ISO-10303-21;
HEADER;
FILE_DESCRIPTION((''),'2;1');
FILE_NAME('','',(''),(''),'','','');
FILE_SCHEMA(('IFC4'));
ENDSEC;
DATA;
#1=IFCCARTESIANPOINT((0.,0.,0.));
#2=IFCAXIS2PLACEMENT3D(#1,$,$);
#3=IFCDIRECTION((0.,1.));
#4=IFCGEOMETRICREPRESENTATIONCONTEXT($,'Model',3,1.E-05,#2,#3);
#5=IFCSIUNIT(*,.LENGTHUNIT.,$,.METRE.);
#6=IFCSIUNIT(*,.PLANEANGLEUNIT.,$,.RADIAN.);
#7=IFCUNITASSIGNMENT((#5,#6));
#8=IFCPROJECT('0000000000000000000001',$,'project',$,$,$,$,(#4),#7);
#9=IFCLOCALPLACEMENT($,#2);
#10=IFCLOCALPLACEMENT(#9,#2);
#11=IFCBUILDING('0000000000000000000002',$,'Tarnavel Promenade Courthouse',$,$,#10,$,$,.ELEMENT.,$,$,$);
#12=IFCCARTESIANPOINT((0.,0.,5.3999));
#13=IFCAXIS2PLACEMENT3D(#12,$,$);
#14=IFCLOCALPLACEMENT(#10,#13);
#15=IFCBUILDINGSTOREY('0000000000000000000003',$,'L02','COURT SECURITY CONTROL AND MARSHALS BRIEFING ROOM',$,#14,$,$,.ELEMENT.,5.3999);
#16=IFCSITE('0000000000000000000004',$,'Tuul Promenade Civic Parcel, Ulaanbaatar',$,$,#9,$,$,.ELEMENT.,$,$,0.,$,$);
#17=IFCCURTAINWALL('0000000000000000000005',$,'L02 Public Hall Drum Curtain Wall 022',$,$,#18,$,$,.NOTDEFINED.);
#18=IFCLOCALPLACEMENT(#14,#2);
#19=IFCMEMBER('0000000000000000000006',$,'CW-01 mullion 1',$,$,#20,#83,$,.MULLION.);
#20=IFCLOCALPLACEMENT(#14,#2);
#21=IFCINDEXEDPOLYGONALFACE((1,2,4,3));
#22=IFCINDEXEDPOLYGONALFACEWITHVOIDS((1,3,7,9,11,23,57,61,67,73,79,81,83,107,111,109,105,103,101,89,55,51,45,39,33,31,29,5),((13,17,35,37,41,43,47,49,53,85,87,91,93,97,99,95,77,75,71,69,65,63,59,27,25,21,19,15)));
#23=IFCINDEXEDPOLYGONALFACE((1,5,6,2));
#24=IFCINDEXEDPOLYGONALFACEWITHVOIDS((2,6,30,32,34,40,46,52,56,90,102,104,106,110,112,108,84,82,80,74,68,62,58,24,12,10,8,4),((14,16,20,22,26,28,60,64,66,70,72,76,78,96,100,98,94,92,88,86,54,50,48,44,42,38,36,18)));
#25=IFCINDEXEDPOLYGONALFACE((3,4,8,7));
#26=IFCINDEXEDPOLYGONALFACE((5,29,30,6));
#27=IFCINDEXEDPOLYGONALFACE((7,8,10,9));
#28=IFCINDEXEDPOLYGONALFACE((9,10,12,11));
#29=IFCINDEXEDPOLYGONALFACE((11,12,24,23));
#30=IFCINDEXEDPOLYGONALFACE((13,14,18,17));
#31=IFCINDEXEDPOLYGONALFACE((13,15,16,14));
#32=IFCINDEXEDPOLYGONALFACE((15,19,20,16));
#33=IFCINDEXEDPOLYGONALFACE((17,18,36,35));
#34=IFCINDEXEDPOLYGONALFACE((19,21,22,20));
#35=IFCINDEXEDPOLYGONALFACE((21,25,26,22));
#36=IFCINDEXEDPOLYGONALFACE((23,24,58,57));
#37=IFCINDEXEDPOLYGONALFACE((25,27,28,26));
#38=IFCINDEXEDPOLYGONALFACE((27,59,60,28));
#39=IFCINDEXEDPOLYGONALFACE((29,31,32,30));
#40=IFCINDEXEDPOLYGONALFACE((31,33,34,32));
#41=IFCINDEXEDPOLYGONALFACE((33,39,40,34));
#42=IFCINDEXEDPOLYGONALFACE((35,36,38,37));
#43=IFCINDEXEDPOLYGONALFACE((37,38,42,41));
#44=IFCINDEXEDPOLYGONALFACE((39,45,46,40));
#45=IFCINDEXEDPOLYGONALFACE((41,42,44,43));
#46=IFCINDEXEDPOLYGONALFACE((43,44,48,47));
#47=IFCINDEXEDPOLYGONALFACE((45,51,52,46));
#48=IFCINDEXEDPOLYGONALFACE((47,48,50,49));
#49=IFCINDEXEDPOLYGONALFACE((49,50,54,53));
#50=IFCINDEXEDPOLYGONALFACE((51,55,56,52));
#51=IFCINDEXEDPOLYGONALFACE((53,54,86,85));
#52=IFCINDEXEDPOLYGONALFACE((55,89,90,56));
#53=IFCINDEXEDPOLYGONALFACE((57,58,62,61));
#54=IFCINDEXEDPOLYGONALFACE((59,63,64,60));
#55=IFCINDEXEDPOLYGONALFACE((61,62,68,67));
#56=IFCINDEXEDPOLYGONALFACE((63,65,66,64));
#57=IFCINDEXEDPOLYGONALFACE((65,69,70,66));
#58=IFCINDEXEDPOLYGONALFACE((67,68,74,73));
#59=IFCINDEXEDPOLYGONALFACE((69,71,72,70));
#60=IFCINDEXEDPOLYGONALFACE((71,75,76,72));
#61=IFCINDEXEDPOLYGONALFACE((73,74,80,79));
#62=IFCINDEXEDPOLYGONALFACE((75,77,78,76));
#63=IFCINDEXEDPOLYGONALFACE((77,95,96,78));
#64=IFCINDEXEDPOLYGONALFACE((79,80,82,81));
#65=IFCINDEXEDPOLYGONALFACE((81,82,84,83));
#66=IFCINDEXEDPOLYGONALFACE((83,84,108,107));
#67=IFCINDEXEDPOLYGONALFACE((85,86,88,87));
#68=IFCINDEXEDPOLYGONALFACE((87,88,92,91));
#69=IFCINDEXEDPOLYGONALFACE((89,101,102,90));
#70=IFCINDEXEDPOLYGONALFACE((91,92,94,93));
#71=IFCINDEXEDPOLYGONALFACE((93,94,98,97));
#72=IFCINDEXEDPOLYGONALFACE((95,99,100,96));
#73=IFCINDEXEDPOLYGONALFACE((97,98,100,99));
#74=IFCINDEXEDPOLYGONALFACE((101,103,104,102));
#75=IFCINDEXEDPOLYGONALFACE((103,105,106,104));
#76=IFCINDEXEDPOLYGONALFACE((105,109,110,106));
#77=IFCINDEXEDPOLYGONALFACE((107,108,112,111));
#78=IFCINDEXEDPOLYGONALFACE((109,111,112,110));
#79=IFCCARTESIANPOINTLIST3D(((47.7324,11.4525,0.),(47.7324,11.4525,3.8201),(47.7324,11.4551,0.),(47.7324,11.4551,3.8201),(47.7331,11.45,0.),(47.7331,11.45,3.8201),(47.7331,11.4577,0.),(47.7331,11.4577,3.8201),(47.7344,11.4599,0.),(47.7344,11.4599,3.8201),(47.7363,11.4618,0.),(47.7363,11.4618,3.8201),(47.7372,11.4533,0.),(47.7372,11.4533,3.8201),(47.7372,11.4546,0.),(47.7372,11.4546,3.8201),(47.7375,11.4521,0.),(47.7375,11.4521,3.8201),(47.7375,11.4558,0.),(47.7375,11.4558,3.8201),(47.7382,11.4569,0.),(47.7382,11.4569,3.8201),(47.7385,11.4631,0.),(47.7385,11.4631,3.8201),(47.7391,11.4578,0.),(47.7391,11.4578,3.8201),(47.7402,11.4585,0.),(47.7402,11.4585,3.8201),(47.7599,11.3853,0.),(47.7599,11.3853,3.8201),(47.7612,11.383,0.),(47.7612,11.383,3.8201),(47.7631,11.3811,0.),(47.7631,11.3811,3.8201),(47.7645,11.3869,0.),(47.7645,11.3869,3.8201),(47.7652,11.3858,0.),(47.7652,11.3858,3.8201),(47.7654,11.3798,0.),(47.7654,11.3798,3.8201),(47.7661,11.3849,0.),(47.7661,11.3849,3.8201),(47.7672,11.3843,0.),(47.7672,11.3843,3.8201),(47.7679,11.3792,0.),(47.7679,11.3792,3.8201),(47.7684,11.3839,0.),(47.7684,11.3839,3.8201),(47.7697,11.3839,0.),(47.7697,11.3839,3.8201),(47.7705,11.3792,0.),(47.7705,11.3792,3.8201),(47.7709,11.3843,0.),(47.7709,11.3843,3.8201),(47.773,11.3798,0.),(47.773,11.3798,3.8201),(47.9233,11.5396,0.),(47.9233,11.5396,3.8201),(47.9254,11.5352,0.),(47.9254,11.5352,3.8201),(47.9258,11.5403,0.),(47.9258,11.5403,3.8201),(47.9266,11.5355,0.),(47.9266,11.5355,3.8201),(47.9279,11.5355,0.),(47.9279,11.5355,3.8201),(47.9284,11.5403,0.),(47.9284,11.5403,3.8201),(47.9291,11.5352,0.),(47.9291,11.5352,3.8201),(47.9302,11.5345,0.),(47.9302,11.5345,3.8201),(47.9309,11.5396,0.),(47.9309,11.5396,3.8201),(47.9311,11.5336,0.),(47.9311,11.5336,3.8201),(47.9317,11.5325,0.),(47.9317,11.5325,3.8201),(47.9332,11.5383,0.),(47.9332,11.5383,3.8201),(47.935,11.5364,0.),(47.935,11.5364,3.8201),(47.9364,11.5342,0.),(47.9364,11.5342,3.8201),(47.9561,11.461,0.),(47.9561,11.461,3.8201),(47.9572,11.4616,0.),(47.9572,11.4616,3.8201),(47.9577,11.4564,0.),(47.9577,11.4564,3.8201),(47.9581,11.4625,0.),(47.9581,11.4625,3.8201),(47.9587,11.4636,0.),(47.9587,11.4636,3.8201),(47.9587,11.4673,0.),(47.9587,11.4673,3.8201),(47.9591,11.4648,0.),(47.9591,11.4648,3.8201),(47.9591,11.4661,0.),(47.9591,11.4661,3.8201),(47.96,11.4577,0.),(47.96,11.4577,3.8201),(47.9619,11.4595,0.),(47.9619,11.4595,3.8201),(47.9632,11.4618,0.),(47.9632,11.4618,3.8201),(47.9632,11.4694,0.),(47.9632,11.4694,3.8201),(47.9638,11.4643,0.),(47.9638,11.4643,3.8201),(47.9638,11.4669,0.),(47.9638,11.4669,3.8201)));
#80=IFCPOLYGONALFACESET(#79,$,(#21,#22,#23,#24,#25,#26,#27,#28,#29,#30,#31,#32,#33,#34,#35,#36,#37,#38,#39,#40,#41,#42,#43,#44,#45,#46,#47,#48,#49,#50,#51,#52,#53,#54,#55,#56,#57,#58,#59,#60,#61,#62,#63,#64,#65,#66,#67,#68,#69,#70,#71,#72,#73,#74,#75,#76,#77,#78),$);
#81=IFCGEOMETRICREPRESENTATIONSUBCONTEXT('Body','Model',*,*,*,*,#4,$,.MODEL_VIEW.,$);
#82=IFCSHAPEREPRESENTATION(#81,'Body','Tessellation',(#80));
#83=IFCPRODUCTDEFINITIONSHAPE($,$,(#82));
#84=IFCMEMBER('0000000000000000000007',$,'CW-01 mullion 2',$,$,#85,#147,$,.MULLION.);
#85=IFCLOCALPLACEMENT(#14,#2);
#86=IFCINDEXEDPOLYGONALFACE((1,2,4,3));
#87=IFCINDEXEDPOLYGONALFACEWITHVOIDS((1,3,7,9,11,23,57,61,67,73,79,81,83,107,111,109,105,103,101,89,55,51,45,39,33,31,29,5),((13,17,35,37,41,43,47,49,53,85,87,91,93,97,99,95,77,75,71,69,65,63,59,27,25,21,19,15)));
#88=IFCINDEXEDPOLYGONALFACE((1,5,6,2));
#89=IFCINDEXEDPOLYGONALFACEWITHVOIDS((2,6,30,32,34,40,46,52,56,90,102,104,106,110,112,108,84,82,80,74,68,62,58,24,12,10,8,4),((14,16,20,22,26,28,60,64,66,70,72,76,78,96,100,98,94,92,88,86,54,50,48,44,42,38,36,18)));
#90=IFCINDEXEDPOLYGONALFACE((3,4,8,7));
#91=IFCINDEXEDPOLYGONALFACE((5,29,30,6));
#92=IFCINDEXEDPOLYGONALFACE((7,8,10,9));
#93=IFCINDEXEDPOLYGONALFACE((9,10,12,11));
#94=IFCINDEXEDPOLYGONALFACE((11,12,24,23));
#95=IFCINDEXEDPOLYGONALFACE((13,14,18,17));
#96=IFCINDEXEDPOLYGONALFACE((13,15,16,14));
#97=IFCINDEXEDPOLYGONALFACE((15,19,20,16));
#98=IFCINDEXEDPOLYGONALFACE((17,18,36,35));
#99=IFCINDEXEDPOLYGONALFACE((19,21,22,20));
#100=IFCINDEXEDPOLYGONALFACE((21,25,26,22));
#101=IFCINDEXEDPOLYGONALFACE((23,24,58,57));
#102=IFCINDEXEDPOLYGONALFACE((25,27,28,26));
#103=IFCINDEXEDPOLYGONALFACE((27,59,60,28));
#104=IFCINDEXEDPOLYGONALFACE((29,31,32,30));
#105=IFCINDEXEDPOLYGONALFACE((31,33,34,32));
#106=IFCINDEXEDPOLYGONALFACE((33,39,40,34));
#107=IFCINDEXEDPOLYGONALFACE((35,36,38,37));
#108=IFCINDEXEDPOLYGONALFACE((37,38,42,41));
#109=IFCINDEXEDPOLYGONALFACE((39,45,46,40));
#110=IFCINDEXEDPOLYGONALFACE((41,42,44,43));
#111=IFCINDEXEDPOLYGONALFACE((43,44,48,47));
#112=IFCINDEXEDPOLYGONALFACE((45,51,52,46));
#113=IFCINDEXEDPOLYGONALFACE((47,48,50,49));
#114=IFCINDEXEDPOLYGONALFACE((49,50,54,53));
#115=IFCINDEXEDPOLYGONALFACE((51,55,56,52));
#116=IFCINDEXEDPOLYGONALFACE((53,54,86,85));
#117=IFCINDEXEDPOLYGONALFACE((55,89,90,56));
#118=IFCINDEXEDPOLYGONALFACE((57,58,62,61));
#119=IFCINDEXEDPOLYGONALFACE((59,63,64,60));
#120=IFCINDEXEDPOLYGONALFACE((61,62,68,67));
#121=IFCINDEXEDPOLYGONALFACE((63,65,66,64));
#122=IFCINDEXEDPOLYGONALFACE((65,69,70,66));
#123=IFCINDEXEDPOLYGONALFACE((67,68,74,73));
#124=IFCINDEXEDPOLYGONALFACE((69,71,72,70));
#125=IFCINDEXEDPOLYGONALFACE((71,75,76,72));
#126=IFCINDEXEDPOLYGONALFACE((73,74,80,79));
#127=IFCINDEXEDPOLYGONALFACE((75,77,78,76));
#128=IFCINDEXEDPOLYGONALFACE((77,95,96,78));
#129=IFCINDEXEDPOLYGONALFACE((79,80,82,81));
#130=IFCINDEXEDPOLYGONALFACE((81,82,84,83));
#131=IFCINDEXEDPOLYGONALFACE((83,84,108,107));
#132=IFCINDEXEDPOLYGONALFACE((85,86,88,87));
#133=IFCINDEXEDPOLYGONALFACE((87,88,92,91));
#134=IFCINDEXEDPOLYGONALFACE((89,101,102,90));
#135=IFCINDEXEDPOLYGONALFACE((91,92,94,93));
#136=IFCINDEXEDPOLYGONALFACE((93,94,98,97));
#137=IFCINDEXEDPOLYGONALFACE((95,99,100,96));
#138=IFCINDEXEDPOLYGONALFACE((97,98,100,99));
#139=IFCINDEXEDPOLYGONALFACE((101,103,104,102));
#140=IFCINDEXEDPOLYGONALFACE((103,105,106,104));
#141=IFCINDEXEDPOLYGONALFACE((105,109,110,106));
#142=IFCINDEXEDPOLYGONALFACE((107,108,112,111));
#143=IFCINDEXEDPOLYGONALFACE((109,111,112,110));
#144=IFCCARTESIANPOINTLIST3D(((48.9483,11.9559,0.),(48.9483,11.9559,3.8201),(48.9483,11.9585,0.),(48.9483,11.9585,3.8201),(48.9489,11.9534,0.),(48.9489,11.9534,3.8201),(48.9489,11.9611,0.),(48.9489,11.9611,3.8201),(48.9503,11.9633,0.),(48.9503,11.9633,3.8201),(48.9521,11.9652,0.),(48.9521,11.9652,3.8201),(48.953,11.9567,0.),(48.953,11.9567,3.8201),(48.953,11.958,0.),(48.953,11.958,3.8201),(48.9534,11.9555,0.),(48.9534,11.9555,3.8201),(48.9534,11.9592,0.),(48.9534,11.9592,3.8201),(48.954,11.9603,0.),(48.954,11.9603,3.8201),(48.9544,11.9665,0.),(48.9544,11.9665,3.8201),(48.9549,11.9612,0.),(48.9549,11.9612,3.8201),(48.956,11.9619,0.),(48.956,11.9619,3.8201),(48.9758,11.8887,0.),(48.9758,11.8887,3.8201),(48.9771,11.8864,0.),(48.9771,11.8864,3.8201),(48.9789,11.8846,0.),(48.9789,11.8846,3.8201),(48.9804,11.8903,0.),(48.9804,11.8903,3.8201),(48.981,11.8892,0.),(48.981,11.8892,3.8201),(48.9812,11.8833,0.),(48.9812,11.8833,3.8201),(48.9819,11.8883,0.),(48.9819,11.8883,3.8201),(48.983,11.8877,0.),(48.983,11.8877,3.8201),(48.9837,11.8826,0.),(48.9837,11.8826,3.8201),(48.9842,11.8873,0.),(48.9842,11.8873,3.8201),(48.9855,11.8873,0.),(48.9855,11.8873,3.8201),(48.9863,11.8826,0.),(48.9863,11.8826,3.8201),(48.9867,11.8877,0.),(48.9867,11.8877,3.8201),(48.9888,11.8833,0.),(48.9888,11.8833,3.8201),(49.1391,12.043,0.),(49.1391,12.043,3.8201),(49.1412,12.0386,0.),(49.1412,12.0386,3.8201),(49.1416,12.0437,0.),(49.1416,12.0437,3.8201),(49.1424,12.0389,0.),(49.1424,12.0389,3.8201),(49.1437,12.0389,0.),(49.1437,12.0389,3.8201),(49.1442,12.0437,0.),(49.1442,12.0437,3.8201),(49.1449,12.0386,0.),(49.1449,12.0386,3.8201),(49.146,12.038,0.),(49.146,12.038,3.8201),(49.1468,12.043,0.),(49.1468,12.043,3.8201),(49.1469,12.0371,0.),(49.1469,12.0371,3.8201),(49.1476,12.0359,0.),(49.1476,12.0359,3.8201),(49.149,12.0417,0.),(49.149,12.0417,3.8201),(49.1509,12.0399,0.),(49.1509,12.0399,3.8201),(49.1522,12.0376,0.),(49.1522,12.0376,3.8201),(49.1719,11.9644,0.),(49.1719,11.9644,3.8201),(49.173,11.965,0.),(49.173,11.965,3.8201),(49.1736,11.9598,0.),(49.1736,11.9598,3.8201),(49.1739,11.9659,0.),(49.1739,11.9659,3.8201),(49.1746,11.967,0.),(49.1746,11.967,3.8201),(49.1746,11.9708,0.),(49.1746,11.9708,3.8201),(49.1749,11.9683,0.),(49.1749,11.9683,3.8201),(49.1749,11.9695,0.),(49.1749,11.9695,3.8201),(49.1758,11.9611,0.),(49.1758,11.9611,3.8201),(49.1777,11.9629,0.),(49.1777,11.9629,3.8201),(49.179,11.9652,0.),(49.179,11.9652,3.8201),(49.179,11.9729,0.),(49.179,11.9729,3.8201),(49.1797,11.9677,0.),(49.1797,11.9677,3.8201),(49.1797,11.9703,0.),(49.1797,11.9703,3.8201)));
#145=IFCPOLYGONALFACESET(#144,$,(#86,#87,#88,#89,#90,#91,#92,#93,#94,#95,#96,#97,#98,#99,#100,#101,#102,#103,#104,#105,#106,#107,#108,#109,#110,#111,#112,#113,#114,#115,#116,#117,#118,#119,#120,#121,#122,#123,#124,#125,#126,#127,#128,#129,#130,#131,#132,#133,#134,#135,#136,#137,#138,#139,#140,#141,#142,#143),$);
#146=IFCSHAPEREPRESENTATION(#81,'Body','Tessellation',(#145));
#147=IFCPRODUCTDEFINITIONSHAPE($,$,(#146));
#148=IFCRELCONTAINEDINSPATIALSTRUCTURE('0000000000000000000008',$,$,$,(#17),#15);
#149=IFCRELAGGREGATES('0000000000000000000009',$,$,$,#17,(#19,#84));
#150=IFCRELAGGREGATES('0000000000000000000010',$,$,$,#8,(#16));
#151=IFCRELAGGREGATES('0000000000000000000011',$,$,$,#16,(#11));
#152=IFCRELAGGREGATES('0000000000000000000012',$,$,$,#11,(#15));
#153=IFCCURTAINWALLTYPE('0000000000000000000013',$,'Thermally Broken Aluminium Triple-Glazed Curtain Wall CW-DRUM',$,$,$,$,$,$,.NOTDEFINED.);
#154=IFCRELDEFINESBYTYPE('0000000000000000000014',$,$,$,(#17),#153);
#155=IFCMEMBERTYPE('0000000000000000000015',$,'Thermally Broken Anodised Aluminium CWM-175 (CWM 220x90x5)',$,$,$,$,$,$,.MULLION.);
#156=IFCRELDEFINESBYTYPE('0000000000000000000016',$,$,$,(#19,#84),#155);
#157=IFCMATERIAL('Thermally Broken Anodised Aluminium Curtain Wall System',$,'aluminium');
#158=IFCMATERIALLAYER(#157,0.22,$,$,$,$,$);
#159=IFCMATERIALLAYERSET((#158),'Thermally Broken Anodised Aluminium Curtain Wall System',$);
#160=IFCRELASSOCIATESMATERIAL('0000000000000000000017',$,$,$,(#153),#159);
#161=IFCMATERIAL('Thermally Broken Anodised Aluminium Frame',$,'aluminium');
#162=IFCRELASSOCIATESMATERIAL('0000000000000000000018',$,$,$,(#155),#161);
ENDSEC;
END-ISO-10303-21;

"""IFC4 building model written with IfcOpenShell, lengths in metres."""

from ifc_helpers import new_model, si_unit, direction, frame, origin, origin_2d, place, context, subcontext, project, spatial, hollow_rectangle, extrude, material, layer, layer_set, material_profile, profile_set, type_object, element, aggregate, save


model = new_model("IFC4")

# Units and contexts
model_context = context("Model", 3, precision=1e-05, world=origin(), true_north=direction((0.0, 1.0)))
body_context = subcontext(model_context, "Body", "Model", "MODEL_VIEW")
ifc_project = project(units=[si_unit("LENGTHUNIT", "METRE"), si_unit("PLANEANGLEUNIT", "RADIAN")], contexts=[model_context])

# Site, building, storey
site_placement = place(None, origin())
site = spatial("IfcSite", under=ifc_project, at=site_placement, Name="Tuul Promenade Civic Parcel, Ulaanbaatar", CompositionType="ELEMENT", RefElevation=0.0)
building_placement = place(site_placement, origin())
building = spatial("IfcBuilding", under=site, at=building_placement, Name="Tarnavel Promenade Courthouse", CompositionType="ELEMENT")
storey_placement = place(building_placement, frame((0.0, 0.0, 5.3999)))
storey = spatial("IfcBuildingStorey", under=building, at=storey_placement, Name="L02", Description="COURT SECURITY CONTROL AND MARSHALS BRIEFING ROOM", CompositionType="ELEMENT", Elevation=5.3999)

# Curtain wall, members
ifc_material_1 = material(Name="Thermally Broken Anodised Aluminium Curtain Wall System", Category="aluminium")
ifc_layer_1 = layer(ifc_material_1, 0.22)
ifc_layer_set_1 = layer_set([ifc_layer_1], Name="Thermally Broken Anodised Aluminium Curtain Wall System")
curtain_wall_type = type_object("IfcCurtainWallType", Name="Thermally Broken Aluminium Triple-Glazed Curtain Wall CW-DRUM", PredefinedType="NOTDEFINED", material=ifc_layer_set_1)
ifc_material_2 = material(Name="Thermally Broken Anodised Aluminium Frame", Category="aluminium")
ifc_material_profile_1 = material_profile(ifc_material_2, hollow_rectangle(XDim=0.0901, YDim=0.22, WallThickness=0.0049, InnerFilletRadius=0.0049, OuterFilletRadius=0.01, at=origin_2d()), Name="CWM 220x90x5")
ifc_profile_set_1 = profile_set([ifc_material_profile_1], Name="Thermally Broken Anodised Aluminium Frame")
member_type_1 = type_object("IfcMemberType", Name="Thermally Broken Anodised Aluminium CWM-175 (CWM 220x90x5)", PredefinedType="MULLION", material=ifc_profile_set_1)
curtain_wall_1_placement = place(storey_placement, origin())
curtain_wall_1 = element("IfcCurtainWall", 1, at=curtain_wall_1_placement, inside=storey, type_object=curtain_wall_type, Name="L02 Public Hall Drum Curtain Wall 022", PredefinedType="NOTDEFINED")
member_1_placement = place(storey_placement, frame((47.8481, 11.4597, 0.0), z_axis=(0.0, 0.0, 1.0), x_axis=(-0.382685, 0.923879, 0.0)))
member_1 = element("IfcMember", 2, at=member_1_placement, type_object=member_type_1, Name="CW-01 mullion 1", PredefinedType="MULLION", context=body_context, shape_type="SweptSolid", body=[
    extrude(hollow_rectangle(XDim=0.0901, YDim=0.22, WallThickness=0.0049, InnerFilletRadius=0.0049, OuterFilletRadius=0.01, at=origin_2d()), origin(), (0.0, 0.0, 1.0), 3.8201),
])
member_2_placement = place(storey_placement, frame((49.064, 11.9631, 0.0), z_axis=(0.0, 0.0, 1.0), x_axis=(-0.382685, 0.923879, 0.0)))
member_2 = element("IfcMember", 3, at=member_2_placement, type_object=member_type_1, Name="CW-01 mullion 2", PredefinedType="MULLION", context=body_context, shape_type="SweptSolid", body=[
    extrude(hollow_rectangle(XDim=0.0901, YDim=0.22, WallThickness=0.0049, InnerFilletRadius=0.0049, OuterFilletRadius=0.01, at=origin_2d()), origin(), (0.0, 0.0, 1.0), 3.8201),
])

aggregate(curtain_wall_1, [member_1, member_2])

save(model, "model.ifc")
